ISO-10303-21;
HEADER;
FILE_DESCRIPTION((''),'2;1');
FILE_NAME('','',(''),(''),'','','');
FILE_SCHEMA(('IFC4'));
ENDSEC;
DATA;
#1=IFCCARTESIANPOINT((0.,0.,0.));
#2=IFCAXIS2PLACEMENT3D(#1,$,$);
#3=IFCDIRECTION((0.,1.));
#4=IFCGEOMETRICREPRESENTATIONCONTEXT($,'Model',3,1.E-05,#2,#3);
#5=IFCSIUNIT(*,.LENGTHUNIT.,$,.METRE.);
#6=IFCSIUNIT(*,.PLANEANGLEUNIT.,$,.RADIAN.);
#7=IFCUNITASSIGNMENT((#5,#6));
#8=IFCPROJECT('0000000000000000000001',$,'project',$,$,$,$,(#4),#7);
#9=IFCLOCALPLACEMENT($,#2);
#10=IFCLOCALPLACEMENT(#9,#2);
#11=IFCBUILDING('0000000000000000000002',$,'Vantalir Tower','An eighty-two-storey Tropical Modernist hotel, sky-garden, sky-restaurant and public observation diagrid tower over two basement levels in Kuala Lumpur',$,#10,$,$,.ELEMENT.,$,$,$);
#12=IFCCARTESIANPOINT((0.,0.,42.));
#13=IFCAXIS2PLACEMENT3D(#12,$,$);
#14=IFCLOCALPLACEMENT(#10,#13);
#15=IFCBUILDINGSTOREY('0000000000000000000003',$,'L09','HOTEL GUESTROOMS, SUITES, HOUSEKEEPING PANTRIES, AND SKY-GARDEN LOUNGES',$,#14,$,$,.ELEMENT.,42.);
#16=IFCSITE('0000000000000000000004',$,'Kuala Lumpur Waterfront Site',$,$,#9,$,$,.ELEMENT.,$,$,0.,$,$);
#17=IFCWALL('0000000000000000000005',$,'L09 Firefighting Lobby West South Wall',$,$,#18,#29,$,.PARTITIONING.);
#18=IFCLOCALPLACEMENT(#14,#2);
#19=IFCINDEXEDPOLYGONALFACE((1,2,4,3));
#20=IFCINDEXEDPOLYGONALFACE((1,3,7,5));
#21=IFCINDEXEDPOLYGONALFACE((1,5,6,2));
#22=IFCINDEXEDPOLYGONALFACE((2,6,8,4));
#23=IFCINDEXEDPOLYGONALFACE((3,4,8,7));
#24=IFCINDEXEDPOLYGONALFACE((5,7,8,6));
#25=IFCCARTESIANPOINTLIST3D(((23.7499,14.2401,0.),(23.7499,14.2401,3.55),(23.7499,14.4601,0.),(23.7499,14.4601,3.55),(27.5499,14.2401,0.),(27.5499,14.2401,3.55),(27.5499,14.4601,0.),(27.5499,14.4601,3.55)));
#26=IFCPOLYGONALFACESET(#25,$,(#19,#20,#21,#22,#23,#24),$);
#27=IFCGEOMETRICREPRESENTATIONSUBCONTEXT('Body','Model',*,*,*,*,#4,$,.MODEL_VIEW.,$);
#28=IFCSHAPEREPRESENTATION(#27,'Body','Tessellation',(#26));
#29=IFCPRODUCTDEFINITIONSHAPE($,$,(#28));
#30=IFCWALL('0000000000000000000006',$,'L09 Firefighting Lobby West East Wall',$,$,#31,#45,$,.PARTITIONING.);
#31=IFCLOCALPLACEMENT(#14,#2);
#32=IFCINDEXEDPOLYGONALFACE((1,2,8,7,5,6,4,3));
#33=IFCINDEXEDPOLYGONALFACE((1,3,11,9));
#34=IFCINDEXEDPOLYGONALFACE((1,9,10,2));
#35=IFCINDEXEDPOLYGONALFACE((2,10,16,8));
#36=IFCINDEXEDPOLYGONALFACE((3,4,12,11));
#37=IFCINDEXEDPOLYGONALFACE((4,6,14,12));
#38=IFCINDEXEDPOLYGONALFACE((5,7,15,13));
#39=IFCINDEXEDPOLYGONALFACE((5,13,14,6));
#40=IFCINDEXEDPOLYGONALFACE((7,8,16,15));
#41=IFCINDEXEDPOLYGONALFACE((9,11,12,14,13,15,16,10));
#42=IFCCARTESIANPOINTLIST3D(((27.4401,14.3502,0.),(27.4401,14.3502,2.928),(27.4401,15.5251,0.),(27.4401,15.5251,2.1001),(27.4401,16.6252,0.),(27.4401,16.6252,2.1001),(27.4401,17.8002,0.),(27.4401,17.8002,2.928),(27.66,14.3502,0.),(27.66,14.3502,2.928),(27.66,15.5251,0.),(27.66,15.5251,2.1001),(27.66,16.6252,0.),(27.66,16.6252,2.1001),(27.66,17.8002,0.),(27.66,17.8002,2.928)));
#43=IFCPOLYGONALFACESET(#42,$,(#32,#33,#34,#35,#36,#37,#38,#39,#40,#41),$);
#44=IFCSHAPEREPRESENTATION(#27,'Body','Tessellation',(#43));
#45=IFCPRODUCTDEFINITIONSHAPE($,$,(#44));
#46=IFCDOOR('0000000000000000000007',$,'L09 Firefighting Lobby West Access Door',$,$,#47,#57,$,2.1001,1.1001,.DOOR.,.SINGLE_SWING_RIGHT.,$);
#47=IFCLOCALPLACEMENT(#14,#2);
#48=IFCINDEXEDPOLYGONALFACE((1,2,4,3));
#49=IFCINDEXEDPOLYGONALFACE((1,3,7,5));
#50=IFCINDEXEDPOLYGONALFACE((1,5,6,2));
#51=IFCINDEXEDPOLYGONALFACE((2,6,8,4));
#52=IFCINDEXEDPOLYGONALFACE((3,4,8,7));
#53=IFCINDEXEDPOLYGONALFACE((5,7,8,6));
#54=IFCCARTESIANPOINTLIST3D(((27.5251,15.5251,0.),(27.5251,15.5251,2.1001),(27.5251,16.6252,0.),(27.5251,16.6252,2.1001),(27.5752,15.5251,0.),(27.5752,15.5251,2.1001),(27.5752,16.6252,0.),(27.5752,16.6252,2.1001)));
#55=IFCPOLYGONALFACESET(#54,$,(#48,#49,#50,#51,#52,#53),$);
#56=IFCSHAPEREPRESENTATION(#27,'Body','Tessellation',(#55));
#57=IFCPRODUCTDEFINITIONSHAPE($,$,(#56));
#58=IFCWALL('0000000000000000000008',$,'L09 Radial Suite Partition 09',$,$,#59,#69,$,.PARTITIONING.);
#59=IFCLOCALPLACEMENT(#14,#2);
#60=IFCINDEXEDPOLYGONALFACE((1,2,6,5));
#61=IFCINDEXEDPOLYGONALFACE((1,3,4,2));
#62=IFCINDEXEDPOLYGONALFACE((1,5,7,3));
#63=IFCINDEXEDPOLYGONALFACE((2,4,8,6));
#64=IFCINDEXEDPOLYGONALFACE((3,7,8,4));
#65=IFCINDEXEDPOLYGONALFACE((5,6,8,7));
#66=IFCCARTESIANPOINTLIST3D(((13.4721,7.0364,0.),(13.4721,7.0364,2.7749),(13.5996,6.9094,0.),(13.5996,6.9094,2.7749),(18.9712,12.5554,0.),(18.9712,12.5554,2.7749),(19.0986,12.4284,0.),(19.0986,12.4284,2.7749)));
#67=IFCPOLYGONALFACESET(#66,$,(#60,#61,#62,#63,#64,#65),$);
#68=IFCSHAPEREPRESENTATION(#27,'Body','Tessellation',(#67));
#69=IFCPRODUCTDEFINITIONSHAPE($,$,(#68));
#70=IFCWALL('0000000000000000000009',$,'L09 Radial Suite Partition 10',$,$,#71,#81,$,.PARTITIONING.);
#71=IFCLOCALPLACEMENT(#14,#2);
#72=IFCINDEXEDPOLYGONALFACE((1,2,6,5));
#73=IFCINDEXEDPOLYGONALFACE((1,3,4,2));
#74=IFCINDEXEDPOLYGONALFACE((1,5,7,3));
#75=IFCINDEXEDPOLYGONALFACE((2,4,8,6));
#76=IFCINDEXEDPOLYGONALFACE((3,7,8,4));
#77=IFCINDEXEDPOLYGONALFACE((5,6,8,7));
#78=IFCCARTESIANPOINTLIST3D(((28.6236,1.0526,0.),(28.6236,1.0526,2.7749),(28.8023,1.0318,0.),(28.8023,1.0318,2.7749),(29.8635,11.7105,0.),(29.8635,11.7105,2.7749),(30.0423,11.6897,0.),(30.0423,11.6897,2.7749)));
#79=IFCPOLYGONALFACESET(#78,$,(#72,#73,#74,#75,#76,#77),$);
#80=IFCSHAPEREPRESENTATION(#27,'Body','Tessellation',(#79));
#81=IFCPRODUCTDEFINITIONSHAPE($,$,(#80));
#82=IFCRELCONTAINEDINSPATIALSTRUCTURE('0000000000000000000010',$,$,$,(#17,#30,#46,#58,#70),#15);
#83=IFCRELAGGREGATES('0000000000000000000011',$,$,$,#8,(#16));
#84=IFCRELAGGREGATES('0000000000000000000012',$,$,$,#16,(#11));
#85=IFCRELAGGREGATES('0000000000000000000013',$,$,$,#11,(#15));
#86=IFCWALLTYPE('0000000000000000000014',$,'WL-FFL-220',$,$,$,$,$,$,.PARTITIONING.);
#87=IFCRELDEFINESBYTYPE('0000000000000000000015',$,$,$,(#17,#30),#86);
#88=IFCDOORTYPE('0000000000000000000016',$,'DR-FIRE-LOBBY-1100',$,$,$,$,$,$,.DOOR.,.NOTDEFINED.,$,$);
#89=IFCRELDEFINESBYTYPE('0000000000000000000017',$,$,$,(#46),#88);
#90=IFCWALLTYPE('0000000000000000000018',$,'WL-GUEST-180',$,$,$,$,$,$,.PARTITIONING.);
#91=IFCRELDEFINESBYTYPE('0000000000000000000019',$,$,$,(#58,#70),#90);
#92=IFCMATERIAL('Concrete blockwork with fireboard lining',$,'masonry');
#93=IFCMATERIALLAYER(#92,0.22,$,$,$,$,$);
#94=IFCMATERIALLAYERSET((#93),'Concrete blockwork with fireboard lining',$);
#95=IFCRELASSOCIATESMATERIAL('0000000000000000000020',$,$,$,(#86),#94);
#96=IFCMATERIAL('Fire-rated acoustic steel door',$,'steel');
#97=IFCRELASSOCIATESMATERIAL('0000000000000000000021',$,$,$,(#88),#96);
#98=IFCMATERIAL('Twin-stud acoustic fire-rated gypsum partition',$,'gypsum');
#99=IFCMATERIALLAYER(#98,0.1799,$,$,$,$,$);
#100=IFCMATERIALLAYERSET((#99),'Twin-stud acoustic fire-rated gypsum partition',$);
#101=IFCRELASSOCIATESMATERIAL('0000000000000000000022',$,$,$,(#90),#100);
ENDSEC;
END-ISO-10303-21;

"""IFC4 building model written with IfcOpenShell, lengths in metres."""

from ifc_helpers import new_model, si_unit, direction, frame, frame_2d, origin, place, context, subcontext, project, spatial, rectangle, extrude, material, layer, layer_set, type_object, element, fill, save


model = new_model("IFC4")

# Units and contexts
model_context = context("Model", 3, precision=1e-05, world=origin(), true_north=direction((0.0, 1.0)))
body_context = subcontext(model_context, "Body", "Model", "MODEL_VIEW")
ifc_project = project(units=[si_unit("LENGTHUNIT", "METRE"), si_unit("PLANEANGLEUNIT", "RADIAN")], contexts=[model_context])

# Site, building, storey
site_placement = place(None, origin())
site = spatial("IfcSite", under=ifc_project, at=site_placement, Name="Kuala Lumpur Waterfront Site", CompositionType="ELEMENT", RefElevation=0.0)
building_placement = place(site_placement, origin())
building = spatial("IfcBuilding", under=site, at=building_placement, Name="Vantalir Tower", Description="An eighty-two-storey Tropical Modernist hotel, sky-garden, sky-restaurant and public observation diagrid tower over two basement levels in Kuala Lumpur", CompositionType="ELEMENT")
storey_placement = place(building_placement, frame((0.0, 0.0, 42.0)))
storey = spatial("IfcBuildingStorey", under=building, at=storey_placement, Name="L09", Description="HOTEL GUESTROOMS, SUITES, HOUSEKEEPING PANTRIES, AND SKY-GARDEN LOUNGES", CompositionType="ELEMENT", Elevation=42.0)

# Wall
ifc_material_1 = material(Name="Concrete blockwork with fireboard lining", Category="masonry")
ifc_layer_1 = layer(ifc_material_1, 0.22)
ifc_layer_set_1 = layer_set([ifc_layer_1], Name="Concrete blockwork with fireboard lining")
wall_type_1 = type_object("IfcWallType", Name="WL-FFL-220", PredefinedType="PARTITIONING", material=ifc_layer_set_1)
wall_1_placement = place(storey_placement, frame((23.75, 14.3501, 0.0), z_axis=(0.0, 0.0, 1.0), x_axis=(1.0, 0.0, 0.0)))
element("IfcWall", 1, at=wall_1_placement, inside=storey, type_object=wall_type_1, Name="L09 Firefighting Lobby West South Wall", PredefinedType="PARTITIONING", context=body_context, shape_type="SweptSolid", body=[
    extrude(rectangle(XDim=3.8, YDim=0.22, at=frame_2d((1.8999, 0.0))), origin(), (0.0, 0.0, 1.0), 3.55),
])

# Wall, opening, door
wall_2_placement = place(storey_placement, frame((27.55, 14.3501, 0.0), z_axis=(0.0, 0.0, 1.0), x_axis=(0.0, 1.0, 0.0)))
wall_2 = element("IfcWall", 2, at=wall_2_placement, inside=storey, type_object=wall_type_1, Name="L09 Firefighting Lobby West East Wall", PredefinedType="PARTITIONING", context=body_context, shape_type="SweptSolid", body=[
    extrude(rectangle(XDim=3.45, YDim=0.22, at=frame_2d((1.7251, 0.0))), origin(), (0.0, 0.0, 1.0), 2.928),
])
opening_1_placement = place(wall_2_placement, frame((1.175, 0.0, 0.0)))
opening_1 = element("IfcOpeningElement", 3, at=opening_1_placement, cuts=wall_2, PredefinedType="OPENING", context=body_context, shape_type="SweptSolid", body=[
    extrude(rectangle(XDim=1.1001, YDim=2.1001, at=frame_2d((0.55, 1.05))), frame((0.0, 0.1199, 0.0), z_axis=(0.0, -1.0, 0.0), x_axis=(1.0, 0.0, 0.0)), (0.0, 0.0, 1.0), 0.24),
])
ifc_material_2 = material(Name="Fire-rated acoustic steel door", Category="steel")
door_type_1 = type_object("IfcDoorType", Name="DR-FIRE-LOBBY-1100", OperationType="NOTDEFINED", PredefinedType="DOOR", material=ifc_material_2)
door_1_placement = place(opening_1_placement, origin())
door_1 = element("IfcDoor", 4, at=door_1_placement, inside=storey, type_object=door_type_1, Name="L09 Firefighting Lobby West Access Door", OperationType="SINGLE_SWING_RIGHT", OverallHeight=2.1001, OverallWidth=1.1001, PredefinedType="DOOR", context=body_context, shape_type="SweptSolid", body=[
    extrude(rectangle(XDim=1.1001, YDim=2.1001, at=frame_2d((0.55, 1.05))), frame((0.0, 0.0249, 0.0), z_axis=(0.0, -1.0, 0.0), x_axis=(1.0, 0.0, 0.0)), (0.0, 0.0, 1.0), 0.05),
])
fill(opening_1, door_1)

# Walls
ifc_material_3 = material(Name="Twin-stud acoustic fire-rated gypsum partition", Category="gypsum")
ifc_layer_2 = layer(ifc_material_3, 0.1799)
ifc_layer_set_2 = layer_set([ifc_layer_2], Name="Twin-stud acoustic fire-rated gypsum partition")
wall_type_2 = type_object("IfcWallType", Name="WL-GUEST-180", PredefinedType="PARTITIONING", material=ifc_layer_set_2)
wall_3_placement = place(storey_placement, frame((19.0349, 12.4919, 0.0), z_axis=(0.0, 0.0, 1.0), x_axis=(-0.705821, -0.70839, 0.0)))
element("IfcWall", 5, at=wall_3_placement, inside=storey, type_object=wall_type_2, Name="L09 Radial Suite Partition 09", PredefinedType="PARTITIONING", context=body_context, shape_type="SweptSolid", body=[
    extrude(rectangle(XDim=7.791, YDim=0.1799, at=frame_2d((3.8955, 0.0))), origin(), (0.0, 0.0, 1.0), 2.7749),
])
wall_4_placement = place(storey_placement, frame((29.9529, 11.7, 0.0), z_axis=(0.0, 0.0, 1.0), x_axis=(-0.115565, -0.9933, 0.0)))
element("IfcWall", 6, at=wall_4_placement, inside=storey, type_object=wall_type_2, Name="L09 Radial Suite Partition 10", PredefinedType="PARTITIONING", context=body_context, shape_type="SweptSolid", body=[
    extrude(rectangle(XDim=10.7297, YDim=0.1799, at=frame_2d((5.3647, 0.0))), origin(), (0.0, 0.0, 1.0), 2.7749),
])

save(model, "model.ifc")
